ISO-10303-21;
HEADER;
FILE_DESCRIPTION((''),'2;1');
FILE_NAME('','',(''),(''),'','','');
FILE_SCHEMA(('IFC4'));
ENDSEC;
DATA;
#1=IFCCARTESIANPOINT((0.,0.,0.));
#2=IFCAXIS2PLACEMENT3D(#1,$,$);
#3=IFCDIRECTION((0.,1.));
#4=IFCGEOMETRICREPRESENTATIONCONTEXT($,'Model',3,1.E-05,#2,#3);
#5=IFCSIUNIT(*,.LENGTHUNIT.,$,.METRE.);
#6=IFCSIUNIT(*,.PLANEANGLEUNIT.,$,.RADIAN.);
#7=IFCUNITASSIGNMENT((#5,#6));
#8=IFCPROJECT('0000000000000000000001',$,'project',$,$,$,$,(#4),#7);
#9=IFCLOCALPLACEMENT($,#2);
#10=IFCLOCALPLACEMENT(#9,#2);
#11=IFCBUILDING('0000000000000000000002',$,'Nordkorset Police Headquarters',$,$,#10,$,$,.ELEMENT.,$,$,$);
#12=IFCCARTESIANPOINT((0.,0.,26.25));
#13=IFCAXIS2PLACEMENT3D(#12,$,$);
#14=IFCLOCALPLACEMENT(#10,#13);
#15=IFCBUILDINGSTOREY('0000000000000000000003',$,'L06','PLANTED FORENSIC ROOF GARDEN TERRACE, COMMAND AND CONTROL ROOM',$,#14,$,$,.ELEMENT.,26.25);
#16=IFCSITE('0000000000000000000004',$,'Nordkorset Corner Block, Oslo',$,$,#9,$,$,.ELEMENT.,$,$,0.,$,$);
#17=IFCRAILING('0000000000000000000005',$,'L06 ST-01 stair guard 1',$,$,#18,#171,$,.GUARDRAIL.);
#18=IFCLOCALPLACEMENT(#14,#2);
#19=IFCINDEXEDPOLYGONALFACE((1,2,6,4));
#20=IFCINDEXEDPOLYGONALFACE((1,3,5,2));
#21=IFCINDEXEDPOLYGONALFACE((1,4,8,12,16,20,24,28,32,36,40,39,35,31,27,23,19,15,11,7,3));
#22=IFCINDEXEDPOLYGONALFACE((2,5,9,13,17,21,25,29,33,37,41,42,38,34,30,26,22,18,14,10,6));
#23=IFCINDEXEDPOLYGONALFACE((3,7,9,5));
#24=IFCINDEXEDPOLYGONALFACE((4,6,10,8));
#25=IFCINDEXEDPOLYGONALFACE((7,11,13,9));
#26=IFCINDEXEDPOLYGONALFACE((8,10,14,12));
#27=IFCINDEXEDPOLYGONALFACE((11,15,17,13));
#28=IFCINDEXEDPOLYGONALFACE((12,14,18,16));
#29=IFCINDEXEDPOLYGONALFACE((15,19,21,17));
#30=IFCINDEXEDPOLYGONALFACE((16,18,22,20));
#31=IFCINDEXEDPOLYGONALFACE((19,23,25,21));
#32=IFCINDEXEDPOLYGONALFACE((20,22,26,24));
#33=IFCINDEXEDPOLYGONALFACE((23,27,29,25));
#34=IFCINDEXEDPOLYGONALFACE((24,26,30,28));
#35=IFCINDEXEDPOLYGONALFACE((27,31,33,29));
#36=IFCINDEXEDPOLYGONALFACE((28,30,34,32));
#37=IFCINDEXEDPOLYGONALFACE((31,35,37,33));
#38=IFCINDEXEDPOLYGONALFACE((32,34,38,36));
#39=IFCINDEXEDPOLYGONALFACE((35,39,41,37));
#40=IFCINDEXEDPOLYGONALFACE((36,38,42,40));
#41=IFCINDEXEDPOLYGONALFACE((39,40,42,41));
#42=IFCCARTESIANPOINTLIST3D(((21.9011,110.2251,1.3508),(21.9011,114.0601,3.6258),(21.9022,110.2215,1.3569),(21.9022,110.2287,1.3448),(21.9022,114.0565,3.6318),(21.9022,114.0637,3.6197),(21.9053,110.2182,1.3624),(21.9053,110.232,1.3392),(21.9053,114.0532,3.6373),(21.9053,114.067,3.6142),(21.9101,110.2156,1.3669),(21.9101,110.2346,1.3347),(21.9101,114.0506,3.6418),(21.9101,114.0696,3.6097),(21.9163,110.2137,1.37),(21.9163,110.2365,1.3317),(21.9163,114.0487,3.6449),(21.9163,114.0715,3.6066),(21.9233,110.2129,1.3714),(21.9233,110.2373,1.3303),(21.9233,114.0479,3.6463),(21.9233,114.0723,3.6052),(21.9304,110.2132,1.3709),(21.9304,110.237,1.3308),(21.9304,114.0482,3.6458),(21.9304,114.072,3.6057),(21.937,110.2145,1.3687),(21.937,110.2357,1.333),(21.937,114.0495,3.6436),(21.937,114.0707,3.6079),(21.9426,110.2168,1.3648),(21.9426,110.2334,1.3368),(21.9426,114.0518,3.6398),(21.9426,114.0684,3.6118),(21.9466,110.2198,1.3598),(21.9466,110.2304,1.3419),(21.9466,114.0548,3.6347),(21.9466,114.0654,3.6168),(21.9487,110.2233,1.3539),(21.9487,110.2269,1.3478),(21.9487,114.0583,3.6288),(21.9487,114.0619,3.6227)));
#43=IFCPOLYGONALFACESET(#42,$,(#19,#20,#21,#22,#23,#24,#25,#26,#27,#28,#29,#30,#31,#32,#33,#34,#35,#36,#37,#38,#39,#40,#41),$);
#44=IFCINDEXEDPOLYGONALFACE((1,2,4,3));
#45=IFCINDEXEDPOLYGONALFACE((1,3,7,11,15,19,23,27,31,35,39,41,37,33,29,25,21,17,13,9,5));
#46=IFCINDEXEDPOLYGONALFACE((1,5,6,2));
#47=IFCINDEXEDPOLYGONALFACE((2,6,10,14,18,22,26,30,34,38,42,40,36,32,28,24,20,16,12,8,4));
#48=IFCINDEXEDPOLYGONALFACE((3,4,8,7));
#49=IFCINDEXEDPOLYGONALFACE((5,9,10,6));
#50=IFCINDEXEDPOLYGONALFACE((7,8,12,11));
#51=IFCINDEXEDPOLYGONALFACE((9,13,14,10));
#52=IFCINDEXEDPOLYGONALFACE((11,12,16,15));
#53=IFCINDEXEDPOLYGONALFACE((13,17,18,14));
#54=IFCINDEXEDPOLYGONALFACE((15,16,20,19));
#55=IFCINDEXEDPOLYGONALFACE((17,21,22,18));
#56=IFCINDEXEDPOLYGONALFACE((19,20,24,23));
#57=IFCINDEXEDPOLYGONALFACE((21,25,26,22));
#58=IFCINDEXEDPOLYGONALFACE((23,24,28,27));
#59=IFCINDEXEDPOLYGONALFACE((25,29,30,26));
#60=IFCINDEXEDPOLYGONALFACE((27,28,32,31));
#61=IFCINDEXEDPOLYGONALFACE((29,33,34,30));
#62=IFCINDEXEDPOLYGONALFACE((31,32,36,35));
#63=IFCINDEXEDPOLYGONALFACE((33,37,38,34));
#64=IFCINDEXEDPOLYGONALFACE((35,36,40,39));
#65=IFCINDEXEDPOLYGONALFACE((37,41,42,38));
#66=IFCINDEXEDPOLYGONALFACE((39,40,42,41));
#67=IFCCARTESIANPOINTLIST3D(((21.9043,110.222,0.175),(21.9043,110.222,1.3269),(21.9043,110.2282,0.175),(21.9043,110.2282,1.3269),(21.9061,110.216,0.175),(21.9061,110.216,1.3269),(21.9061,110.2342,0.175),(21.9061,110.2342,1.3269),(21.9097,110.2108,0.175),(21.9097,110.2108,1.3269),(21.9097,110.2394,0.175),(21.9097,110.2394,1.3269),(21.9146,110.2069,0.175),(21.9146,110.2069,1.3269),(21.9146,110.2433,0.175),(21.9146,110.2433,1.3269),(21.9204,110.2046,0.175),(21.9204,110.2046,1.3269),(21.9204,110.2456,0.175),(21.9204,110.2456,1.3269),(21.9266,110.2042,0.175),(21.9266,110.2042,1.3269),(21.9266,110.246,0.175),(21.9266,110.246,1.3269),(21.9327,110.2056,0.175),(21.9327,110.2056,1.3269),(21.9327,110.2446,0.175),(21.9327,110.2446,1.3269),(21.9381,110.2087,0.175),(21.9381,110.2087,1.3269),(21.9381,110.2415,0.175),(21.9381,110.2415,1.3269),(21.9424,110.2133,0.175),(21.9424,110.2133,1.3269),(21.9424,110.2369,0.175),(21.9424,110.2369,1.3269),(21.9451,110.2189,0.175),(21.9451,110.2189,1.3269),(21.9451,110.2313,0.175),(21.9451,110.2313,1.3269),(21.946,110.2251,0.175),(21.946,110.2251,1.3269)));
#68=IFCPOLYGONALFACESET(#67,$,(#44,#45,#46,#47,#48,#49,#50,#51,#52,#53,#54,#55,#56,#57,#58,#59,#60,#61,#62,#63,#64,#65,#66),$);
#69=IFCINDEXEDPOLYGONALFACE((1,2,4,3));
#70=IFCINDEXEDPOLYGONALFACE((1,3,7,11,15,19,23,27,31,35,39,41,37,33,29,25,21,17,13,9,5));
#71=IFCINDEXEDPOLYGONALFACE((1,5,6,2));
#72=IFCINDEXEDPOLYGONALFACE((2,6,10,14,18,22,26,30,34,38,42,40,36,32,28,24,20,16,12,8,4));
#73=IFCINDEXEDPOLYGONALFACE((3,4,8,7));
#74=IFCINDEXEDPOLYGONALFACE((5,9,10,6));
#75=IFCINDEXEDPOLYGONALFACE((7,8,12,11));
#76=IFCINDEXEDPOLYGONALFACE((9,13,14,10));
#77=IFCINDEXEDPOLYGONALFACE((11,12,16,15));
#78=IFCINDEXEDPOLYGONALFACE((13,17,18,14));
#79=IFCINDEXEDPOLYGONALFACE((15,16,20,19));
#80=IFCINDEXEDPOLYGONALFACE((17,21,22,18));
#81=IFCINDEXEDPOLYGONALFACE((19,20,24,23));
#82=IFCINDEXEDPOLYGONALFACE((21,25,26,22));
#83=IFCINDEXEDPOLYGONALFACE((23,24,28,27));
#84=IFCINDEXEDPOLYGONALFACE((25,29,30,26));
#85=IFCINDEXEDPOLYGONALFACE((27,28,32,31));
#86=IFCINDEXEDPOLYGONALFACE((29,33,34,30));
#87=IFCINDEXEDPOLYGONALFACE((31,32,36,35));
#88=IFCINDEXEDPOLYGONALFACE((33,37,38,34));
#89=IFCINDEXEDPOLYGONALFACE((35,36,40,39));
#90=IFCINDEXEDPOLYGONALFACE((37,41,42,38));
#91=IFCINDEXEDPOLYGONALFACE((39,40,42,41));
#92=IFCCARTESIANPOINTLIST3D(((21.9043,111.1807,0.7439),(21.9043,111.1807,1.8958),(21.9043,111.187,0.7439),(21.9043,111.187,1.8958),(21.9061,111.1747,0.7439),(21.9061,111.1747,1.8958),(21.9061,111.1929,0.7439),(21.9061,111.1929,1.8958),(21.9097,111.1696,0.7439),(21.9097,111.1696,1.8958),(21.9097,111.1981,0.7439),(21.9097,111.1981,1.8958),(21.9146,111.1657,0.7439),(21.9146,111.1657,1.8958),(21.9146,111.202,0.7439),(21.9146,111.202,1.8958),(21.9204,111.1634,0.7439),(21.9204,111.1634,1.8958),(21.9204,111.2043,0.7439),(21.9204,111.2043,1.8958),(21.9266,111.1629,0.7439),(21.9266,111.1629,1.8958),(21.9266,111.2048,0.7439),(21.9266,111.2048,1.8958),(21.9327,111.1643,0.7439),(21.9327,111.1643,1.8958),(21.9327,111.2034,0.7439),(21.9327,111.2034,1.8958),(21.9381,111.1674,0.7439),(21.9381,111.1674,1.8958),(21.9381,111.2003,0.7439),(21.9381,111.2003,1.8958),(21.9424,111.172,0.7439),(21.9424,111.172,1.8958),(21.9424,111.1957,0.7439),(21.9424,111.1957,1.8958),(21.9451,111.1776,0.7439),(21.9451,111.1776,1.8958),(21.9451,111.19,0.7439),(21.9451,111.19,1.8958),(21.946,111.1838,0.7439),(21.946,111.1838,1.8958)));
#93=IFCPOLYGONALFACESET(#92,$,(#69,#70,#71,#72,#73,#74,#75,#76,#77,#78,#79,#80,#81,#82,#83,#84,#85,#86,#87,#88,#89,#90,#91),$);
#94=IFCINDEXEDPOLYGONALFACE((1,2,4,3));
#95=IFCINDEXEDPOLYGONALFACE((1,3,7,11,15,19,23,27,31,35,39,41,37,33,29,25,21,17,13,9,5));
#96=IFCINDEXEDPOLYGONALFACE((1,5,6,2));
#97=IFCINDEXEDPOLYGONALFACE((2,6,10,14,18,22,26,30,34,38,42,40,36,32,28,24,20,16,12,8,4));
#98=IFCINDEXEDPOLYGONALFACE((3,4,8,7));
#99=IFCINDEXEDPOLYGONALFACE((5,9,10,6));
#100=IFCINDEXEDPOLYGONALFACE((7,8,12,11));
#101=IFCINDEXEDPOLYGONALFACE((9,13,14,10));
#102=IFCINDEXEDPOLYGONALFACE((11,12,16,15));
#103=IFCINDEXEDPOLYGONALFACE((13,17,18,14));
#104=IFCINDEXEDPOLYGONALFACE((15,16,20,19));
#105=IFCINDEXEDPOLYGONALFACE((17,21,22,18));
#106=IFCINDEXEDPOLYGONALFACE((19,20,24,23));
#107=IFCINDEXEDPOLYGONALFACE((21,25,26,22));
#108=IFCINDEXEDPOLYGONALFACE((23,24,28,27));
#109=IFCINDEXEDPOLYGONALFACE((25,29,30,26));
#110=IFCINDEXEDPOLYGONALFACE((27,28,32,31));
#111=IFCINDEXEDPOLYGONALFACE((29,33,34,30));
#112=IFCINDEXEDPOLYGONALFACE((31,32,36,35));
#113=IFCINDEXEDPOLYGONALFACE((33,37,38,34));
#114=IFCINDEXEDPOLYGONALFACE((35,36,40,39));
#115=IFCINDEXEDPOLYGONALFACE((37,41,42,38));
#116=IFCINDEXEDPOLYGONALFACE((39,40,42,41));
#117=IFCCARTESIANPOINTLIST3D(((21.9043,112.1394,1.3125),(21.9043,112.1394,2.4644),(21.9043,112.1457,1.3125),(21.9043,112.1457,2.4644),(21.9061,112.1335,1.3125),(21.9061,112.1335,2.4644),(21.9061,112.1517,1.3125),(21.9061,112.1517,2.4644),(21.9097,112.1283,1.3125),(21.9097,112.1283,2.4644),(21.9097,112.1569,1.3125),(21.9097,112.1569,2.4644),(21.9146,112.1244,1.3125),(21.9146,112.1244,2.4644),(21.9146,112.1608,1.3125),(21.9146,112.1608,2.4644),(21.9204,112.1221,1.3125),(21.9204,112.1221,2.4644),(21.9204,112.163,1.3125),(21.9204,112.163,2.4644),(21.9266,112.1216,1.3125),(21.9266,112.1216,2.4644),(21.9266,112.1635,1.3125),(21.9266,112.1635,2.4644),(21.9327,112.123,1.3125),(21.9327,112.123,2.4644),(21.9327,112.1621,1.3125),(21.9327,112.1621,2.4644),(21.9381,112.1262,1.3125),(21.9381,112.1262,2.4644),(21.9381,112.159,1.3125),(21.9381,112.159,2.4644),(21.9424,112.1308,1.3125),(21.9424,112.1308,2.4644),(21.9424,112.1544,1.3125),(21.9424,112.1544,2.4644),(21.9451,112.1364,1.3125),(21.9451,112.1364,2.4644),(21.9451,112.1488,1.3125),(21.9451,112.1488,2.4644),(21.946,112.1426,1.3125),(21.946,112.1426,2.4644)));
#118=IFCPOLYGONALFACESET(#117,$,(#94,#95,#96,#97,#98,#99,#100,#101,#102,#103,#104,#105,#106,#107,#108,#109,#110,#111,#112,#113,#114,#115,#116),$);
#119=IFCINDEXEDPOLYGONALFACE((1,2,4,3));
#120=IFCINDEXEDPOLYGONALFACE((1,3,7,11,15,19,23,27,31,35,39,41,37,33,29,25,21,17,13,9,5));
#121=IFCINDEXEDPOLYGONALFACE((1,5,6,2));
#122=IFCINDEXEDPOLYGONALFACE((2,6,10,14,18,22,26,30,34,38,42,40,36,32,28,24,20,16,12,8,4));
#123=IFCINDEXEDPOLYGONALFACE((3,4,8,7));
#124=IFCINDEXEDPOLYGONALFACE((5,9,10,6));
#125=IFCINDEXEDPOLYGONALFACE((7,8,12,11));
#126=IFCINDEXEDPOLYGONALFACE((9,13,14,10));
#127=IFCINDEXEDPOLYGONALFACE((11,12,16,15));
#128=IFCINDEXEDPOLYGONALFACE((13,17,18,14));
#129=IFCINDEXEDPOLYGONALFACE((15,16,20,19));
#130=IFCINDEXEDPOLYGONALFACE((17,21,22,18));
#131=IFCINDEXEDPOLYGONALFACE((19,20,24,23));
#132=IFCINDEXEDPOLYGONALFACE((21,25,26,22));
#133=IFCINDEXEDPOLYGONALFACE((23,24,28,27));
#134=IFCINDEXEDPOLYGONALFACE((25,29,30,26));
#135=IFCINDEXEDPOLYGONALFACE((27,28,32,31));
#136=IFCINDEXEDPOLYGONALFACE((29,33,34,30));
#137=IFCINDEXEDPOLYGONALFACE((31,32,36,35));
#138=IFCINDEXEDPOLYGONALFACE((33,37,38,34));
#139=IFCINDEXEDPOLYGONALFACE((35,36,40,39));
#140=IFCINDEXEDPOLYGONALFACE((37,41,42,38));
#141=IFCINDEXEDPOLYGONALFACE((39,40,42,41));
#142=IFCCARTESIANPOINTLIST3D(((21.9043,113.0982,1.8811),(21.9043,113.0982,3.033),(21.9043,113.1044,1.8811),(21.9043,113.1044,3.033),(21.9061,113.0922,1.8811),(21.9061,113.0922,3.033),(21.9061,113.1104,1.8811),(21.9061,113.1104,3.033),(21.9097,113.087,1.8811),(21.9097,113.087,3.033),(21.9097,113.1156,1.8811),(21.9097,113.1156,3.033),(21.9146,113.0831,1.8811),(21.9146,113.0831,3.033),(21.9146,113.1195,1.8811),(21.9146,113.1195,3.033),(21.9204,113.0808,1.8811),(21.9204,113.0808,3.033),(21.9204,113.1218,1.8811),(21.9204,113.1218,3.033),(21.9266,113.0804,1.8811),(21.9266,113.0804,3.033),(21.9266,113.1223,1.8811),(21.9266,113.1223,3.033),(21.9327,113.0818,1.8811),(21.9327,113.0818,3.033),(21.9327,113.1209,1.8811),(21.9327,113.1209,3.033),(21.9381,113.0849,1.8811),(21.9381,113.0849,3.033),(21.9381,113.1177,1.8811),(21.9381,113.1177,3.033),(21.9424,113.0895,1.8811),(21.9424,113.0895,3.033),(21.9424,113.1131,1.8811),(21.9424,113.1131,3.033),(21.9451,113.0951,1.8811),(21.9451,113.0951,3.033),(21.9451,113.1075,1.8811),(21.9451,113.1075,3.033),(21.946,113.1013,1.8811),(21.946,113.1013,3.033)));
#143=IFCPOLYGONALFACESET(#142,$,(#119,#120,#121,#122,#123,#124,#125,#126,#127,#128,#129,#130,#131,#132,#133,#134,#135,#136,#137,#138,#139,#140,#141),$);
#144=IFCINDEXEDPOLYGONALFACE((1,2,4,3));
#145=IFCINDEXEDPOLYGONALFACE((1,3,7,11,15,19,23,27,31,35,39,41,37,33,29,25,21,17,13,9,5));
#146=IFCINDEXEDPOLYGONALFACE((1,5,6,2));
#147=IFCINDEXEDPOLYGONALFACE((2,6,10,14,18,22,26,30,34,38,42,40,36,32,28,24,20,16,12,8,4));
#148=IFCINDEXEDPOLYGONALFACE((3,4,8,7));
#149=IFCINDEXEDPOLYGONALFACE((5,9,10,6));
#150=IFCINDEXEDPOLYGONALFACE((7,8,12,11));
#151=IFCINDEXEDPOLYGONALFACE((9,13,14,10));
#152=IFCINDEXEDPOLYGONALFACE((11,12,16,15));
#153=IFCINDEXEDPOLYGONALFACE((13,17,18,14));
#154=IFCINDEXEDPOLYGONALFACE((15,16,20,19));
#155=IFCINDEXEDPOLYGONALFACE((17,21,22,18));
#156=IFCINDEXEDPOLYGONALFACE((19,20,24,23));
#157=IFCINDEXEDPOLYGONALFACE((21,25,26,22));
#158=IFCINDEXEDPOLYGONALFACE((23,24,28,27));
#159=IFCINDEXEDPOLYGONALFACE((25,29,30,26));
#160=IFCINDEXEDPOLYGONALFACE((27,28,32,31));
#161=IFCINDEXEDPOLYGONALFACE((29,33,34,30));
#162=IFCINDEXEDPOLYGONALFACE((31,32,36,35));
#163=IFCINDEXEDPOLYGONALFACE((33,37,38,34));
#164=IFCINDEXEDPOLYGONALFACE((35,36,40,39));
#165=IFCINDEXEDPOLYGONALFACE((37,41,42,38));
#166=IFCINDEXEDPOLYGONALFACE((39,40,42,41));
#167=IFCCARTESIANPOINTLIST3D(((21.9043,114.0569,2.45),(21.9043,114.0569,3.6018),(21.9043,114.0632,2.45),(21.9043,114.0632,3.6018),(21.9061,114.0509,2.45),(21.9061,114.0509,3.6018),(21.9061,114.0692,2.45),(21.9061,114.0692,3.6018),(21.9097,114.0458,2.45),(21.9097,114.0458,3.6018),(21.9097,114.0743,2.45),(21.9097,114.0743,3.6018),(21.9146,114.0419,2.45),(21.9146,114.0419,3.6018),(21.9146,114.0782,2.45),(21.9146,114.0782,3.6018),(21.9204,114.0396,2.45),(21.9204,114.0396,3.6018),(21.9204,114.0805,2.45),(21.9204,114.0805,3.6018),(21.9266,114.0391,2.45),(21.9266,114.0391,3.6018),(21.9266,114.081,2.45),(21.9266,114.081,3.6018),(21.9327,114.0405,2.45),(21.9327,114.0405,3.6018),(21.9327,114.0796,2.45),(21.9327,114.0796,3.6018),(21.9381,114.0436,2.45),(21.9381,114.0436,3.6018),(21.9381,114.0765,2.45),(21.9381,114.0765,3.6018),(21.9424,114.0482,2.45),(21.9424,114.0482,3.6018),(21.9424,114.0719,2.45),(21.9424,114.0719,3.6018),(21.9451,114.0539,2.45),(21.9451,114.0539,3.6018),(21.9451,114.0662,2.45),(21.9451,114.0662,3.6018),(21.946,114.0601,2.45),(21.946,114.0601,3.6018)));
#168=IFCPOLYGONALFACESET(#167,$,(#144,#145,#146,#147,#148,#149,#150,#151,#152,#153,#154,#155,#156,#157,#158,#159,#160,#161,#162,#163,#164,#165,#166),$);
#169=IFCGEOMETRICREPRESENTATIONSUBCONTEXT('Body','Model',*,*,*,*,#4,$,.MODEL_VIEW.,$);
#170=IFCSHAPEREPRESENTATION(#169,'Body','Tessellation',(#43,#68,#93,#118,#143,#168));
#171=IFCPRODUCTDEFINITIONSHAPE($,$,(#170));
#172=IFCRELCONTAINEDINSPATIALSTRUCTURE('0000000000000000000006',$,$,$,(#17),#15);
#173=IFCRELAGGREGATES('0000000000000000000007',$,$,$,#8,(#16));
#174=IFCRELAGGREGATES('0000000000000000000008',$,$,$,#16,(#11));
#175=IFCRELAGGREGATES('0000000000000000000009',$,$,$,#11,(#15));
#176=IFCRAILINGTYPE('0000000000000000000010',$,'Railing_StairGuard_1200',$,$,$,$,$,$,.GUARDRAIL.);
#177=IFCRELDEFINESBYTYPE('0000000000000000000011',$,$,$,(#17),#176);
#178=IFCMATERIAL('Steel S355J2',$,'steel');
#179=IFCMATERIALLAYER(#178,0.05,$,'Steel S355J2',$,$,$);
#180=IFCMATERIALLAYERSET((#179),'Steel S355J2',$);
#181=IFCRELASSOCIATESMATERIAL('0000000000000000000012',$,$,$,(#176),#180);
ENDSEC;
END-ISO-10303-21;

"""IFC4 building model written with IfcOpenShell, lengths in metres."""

from ifc_helpers import new_model, si_unit, direction, frame, origin, origin_2d, place, context, subcontext, project, spatial, circle, extrude, material, layer, layer_set, type_object, element, save


model = new_model("IFC4")

# Units and contexts
model_context = context("Model", 3, precision=1e-05, world=origin(), true_north=direction((0.0, 1.0)))
body_context = subcontext(model_context, "Body", "Model", "MODEL_VIEW")
ifc_project = project(units=[si_unit("LENGTHUNIT", "METRE"), si_unit("PLANEANGLEUNIT", "RADIAN")], contexts=[model_context])

# Site, building, storey
site_placement = place(None, origin())
site = spatial("IfcSite", under=ifc_project, at=site_placement, Name="Nordkorset Corner Block, Oslo", CompositionType="ELEMENT", RefElevation=0.0)
building_placement = place(site_placement, origin())
building = spatial("IfcBuilding", under=site, at=building_placement, Name="Nordkorset Police Headquarters", CompositionType="ELEMENT")
storey_placement = place(building_placement, frame((0.0, 0.0, 26.25)))
storey = spatial("IfcBuildingStorey", under=building, at=storey_placement, Name="L06", Description="PLANTED FORENSIC ROOF GARDEN TERRACE, COMMAND AND CONTROL ROOM", CompositionType="ELEMENT", Elevation=26.25)

# Railing
ifc_material_1 = material(Name="Steel S355J2", Category="steel")
ifc_layer_1 = layer(ifc_material_1, 0.05, Name="Steel S355J2")
ifc_layer_set_1 = layer_set([ifc_layer_1], Name="Steel S355J2")
railing_type_1 = type_object("IfcRailingType", Name="Railing_StairGuard_1200", PredefinedType="GUARDRAIL", material=ifc_layer_set_1)
railing_1_placement = place(storey_placement, frame((21.925, 110.2251, 0.175)))
element("IfcRailing", 1, at=railing_1_placement, inside=storey, type_object=railing_type_1, Name="L06 ST-01 stair guard 1", PredefinedType="GUARDRAIL", context=body_context, shape_type="SweptSolid", body=[
    extrude(circle(Radius=0.0239, at=origin_2d()), frame((0.0, 0.0, 1.1758), z_axis=(0.0, 0.860062, 0.51019), x_axis=(-1.0, 0.0, 0.0)), (0.0, 0.0, 1.0), 4.459),
    extrude(circle(Radius=0.021, at=origin_2d()), origin(), (0.0, 0.0, 1.0), 1.1519),
    extrude(circle(Radius=0.021, at=origin_2d()), frame((0.0, 0.9587, 0.5688)), (0.0, 0.0, 1.0), 1.1519),
    extrude(circle(Radius=0.021, at=origin_2d()), frame((0.0, 1.9175, 1.1375)), (0.0, 0.0, 1.0), 1.1519),
    extrude(circle(Radius=0.021, at=origin_2d()), frame((0.0, 2.8762, 1.7061)), (0.0, 0.0, 1.0), 1.1519),
    extrude(circle(Radius=0.021, at=origin_2d()), frame((0.0, 3.835, 2.2749)), (0.0, 0.0, 1.0), 1.1519),
])

save(model, "model.ifc")
